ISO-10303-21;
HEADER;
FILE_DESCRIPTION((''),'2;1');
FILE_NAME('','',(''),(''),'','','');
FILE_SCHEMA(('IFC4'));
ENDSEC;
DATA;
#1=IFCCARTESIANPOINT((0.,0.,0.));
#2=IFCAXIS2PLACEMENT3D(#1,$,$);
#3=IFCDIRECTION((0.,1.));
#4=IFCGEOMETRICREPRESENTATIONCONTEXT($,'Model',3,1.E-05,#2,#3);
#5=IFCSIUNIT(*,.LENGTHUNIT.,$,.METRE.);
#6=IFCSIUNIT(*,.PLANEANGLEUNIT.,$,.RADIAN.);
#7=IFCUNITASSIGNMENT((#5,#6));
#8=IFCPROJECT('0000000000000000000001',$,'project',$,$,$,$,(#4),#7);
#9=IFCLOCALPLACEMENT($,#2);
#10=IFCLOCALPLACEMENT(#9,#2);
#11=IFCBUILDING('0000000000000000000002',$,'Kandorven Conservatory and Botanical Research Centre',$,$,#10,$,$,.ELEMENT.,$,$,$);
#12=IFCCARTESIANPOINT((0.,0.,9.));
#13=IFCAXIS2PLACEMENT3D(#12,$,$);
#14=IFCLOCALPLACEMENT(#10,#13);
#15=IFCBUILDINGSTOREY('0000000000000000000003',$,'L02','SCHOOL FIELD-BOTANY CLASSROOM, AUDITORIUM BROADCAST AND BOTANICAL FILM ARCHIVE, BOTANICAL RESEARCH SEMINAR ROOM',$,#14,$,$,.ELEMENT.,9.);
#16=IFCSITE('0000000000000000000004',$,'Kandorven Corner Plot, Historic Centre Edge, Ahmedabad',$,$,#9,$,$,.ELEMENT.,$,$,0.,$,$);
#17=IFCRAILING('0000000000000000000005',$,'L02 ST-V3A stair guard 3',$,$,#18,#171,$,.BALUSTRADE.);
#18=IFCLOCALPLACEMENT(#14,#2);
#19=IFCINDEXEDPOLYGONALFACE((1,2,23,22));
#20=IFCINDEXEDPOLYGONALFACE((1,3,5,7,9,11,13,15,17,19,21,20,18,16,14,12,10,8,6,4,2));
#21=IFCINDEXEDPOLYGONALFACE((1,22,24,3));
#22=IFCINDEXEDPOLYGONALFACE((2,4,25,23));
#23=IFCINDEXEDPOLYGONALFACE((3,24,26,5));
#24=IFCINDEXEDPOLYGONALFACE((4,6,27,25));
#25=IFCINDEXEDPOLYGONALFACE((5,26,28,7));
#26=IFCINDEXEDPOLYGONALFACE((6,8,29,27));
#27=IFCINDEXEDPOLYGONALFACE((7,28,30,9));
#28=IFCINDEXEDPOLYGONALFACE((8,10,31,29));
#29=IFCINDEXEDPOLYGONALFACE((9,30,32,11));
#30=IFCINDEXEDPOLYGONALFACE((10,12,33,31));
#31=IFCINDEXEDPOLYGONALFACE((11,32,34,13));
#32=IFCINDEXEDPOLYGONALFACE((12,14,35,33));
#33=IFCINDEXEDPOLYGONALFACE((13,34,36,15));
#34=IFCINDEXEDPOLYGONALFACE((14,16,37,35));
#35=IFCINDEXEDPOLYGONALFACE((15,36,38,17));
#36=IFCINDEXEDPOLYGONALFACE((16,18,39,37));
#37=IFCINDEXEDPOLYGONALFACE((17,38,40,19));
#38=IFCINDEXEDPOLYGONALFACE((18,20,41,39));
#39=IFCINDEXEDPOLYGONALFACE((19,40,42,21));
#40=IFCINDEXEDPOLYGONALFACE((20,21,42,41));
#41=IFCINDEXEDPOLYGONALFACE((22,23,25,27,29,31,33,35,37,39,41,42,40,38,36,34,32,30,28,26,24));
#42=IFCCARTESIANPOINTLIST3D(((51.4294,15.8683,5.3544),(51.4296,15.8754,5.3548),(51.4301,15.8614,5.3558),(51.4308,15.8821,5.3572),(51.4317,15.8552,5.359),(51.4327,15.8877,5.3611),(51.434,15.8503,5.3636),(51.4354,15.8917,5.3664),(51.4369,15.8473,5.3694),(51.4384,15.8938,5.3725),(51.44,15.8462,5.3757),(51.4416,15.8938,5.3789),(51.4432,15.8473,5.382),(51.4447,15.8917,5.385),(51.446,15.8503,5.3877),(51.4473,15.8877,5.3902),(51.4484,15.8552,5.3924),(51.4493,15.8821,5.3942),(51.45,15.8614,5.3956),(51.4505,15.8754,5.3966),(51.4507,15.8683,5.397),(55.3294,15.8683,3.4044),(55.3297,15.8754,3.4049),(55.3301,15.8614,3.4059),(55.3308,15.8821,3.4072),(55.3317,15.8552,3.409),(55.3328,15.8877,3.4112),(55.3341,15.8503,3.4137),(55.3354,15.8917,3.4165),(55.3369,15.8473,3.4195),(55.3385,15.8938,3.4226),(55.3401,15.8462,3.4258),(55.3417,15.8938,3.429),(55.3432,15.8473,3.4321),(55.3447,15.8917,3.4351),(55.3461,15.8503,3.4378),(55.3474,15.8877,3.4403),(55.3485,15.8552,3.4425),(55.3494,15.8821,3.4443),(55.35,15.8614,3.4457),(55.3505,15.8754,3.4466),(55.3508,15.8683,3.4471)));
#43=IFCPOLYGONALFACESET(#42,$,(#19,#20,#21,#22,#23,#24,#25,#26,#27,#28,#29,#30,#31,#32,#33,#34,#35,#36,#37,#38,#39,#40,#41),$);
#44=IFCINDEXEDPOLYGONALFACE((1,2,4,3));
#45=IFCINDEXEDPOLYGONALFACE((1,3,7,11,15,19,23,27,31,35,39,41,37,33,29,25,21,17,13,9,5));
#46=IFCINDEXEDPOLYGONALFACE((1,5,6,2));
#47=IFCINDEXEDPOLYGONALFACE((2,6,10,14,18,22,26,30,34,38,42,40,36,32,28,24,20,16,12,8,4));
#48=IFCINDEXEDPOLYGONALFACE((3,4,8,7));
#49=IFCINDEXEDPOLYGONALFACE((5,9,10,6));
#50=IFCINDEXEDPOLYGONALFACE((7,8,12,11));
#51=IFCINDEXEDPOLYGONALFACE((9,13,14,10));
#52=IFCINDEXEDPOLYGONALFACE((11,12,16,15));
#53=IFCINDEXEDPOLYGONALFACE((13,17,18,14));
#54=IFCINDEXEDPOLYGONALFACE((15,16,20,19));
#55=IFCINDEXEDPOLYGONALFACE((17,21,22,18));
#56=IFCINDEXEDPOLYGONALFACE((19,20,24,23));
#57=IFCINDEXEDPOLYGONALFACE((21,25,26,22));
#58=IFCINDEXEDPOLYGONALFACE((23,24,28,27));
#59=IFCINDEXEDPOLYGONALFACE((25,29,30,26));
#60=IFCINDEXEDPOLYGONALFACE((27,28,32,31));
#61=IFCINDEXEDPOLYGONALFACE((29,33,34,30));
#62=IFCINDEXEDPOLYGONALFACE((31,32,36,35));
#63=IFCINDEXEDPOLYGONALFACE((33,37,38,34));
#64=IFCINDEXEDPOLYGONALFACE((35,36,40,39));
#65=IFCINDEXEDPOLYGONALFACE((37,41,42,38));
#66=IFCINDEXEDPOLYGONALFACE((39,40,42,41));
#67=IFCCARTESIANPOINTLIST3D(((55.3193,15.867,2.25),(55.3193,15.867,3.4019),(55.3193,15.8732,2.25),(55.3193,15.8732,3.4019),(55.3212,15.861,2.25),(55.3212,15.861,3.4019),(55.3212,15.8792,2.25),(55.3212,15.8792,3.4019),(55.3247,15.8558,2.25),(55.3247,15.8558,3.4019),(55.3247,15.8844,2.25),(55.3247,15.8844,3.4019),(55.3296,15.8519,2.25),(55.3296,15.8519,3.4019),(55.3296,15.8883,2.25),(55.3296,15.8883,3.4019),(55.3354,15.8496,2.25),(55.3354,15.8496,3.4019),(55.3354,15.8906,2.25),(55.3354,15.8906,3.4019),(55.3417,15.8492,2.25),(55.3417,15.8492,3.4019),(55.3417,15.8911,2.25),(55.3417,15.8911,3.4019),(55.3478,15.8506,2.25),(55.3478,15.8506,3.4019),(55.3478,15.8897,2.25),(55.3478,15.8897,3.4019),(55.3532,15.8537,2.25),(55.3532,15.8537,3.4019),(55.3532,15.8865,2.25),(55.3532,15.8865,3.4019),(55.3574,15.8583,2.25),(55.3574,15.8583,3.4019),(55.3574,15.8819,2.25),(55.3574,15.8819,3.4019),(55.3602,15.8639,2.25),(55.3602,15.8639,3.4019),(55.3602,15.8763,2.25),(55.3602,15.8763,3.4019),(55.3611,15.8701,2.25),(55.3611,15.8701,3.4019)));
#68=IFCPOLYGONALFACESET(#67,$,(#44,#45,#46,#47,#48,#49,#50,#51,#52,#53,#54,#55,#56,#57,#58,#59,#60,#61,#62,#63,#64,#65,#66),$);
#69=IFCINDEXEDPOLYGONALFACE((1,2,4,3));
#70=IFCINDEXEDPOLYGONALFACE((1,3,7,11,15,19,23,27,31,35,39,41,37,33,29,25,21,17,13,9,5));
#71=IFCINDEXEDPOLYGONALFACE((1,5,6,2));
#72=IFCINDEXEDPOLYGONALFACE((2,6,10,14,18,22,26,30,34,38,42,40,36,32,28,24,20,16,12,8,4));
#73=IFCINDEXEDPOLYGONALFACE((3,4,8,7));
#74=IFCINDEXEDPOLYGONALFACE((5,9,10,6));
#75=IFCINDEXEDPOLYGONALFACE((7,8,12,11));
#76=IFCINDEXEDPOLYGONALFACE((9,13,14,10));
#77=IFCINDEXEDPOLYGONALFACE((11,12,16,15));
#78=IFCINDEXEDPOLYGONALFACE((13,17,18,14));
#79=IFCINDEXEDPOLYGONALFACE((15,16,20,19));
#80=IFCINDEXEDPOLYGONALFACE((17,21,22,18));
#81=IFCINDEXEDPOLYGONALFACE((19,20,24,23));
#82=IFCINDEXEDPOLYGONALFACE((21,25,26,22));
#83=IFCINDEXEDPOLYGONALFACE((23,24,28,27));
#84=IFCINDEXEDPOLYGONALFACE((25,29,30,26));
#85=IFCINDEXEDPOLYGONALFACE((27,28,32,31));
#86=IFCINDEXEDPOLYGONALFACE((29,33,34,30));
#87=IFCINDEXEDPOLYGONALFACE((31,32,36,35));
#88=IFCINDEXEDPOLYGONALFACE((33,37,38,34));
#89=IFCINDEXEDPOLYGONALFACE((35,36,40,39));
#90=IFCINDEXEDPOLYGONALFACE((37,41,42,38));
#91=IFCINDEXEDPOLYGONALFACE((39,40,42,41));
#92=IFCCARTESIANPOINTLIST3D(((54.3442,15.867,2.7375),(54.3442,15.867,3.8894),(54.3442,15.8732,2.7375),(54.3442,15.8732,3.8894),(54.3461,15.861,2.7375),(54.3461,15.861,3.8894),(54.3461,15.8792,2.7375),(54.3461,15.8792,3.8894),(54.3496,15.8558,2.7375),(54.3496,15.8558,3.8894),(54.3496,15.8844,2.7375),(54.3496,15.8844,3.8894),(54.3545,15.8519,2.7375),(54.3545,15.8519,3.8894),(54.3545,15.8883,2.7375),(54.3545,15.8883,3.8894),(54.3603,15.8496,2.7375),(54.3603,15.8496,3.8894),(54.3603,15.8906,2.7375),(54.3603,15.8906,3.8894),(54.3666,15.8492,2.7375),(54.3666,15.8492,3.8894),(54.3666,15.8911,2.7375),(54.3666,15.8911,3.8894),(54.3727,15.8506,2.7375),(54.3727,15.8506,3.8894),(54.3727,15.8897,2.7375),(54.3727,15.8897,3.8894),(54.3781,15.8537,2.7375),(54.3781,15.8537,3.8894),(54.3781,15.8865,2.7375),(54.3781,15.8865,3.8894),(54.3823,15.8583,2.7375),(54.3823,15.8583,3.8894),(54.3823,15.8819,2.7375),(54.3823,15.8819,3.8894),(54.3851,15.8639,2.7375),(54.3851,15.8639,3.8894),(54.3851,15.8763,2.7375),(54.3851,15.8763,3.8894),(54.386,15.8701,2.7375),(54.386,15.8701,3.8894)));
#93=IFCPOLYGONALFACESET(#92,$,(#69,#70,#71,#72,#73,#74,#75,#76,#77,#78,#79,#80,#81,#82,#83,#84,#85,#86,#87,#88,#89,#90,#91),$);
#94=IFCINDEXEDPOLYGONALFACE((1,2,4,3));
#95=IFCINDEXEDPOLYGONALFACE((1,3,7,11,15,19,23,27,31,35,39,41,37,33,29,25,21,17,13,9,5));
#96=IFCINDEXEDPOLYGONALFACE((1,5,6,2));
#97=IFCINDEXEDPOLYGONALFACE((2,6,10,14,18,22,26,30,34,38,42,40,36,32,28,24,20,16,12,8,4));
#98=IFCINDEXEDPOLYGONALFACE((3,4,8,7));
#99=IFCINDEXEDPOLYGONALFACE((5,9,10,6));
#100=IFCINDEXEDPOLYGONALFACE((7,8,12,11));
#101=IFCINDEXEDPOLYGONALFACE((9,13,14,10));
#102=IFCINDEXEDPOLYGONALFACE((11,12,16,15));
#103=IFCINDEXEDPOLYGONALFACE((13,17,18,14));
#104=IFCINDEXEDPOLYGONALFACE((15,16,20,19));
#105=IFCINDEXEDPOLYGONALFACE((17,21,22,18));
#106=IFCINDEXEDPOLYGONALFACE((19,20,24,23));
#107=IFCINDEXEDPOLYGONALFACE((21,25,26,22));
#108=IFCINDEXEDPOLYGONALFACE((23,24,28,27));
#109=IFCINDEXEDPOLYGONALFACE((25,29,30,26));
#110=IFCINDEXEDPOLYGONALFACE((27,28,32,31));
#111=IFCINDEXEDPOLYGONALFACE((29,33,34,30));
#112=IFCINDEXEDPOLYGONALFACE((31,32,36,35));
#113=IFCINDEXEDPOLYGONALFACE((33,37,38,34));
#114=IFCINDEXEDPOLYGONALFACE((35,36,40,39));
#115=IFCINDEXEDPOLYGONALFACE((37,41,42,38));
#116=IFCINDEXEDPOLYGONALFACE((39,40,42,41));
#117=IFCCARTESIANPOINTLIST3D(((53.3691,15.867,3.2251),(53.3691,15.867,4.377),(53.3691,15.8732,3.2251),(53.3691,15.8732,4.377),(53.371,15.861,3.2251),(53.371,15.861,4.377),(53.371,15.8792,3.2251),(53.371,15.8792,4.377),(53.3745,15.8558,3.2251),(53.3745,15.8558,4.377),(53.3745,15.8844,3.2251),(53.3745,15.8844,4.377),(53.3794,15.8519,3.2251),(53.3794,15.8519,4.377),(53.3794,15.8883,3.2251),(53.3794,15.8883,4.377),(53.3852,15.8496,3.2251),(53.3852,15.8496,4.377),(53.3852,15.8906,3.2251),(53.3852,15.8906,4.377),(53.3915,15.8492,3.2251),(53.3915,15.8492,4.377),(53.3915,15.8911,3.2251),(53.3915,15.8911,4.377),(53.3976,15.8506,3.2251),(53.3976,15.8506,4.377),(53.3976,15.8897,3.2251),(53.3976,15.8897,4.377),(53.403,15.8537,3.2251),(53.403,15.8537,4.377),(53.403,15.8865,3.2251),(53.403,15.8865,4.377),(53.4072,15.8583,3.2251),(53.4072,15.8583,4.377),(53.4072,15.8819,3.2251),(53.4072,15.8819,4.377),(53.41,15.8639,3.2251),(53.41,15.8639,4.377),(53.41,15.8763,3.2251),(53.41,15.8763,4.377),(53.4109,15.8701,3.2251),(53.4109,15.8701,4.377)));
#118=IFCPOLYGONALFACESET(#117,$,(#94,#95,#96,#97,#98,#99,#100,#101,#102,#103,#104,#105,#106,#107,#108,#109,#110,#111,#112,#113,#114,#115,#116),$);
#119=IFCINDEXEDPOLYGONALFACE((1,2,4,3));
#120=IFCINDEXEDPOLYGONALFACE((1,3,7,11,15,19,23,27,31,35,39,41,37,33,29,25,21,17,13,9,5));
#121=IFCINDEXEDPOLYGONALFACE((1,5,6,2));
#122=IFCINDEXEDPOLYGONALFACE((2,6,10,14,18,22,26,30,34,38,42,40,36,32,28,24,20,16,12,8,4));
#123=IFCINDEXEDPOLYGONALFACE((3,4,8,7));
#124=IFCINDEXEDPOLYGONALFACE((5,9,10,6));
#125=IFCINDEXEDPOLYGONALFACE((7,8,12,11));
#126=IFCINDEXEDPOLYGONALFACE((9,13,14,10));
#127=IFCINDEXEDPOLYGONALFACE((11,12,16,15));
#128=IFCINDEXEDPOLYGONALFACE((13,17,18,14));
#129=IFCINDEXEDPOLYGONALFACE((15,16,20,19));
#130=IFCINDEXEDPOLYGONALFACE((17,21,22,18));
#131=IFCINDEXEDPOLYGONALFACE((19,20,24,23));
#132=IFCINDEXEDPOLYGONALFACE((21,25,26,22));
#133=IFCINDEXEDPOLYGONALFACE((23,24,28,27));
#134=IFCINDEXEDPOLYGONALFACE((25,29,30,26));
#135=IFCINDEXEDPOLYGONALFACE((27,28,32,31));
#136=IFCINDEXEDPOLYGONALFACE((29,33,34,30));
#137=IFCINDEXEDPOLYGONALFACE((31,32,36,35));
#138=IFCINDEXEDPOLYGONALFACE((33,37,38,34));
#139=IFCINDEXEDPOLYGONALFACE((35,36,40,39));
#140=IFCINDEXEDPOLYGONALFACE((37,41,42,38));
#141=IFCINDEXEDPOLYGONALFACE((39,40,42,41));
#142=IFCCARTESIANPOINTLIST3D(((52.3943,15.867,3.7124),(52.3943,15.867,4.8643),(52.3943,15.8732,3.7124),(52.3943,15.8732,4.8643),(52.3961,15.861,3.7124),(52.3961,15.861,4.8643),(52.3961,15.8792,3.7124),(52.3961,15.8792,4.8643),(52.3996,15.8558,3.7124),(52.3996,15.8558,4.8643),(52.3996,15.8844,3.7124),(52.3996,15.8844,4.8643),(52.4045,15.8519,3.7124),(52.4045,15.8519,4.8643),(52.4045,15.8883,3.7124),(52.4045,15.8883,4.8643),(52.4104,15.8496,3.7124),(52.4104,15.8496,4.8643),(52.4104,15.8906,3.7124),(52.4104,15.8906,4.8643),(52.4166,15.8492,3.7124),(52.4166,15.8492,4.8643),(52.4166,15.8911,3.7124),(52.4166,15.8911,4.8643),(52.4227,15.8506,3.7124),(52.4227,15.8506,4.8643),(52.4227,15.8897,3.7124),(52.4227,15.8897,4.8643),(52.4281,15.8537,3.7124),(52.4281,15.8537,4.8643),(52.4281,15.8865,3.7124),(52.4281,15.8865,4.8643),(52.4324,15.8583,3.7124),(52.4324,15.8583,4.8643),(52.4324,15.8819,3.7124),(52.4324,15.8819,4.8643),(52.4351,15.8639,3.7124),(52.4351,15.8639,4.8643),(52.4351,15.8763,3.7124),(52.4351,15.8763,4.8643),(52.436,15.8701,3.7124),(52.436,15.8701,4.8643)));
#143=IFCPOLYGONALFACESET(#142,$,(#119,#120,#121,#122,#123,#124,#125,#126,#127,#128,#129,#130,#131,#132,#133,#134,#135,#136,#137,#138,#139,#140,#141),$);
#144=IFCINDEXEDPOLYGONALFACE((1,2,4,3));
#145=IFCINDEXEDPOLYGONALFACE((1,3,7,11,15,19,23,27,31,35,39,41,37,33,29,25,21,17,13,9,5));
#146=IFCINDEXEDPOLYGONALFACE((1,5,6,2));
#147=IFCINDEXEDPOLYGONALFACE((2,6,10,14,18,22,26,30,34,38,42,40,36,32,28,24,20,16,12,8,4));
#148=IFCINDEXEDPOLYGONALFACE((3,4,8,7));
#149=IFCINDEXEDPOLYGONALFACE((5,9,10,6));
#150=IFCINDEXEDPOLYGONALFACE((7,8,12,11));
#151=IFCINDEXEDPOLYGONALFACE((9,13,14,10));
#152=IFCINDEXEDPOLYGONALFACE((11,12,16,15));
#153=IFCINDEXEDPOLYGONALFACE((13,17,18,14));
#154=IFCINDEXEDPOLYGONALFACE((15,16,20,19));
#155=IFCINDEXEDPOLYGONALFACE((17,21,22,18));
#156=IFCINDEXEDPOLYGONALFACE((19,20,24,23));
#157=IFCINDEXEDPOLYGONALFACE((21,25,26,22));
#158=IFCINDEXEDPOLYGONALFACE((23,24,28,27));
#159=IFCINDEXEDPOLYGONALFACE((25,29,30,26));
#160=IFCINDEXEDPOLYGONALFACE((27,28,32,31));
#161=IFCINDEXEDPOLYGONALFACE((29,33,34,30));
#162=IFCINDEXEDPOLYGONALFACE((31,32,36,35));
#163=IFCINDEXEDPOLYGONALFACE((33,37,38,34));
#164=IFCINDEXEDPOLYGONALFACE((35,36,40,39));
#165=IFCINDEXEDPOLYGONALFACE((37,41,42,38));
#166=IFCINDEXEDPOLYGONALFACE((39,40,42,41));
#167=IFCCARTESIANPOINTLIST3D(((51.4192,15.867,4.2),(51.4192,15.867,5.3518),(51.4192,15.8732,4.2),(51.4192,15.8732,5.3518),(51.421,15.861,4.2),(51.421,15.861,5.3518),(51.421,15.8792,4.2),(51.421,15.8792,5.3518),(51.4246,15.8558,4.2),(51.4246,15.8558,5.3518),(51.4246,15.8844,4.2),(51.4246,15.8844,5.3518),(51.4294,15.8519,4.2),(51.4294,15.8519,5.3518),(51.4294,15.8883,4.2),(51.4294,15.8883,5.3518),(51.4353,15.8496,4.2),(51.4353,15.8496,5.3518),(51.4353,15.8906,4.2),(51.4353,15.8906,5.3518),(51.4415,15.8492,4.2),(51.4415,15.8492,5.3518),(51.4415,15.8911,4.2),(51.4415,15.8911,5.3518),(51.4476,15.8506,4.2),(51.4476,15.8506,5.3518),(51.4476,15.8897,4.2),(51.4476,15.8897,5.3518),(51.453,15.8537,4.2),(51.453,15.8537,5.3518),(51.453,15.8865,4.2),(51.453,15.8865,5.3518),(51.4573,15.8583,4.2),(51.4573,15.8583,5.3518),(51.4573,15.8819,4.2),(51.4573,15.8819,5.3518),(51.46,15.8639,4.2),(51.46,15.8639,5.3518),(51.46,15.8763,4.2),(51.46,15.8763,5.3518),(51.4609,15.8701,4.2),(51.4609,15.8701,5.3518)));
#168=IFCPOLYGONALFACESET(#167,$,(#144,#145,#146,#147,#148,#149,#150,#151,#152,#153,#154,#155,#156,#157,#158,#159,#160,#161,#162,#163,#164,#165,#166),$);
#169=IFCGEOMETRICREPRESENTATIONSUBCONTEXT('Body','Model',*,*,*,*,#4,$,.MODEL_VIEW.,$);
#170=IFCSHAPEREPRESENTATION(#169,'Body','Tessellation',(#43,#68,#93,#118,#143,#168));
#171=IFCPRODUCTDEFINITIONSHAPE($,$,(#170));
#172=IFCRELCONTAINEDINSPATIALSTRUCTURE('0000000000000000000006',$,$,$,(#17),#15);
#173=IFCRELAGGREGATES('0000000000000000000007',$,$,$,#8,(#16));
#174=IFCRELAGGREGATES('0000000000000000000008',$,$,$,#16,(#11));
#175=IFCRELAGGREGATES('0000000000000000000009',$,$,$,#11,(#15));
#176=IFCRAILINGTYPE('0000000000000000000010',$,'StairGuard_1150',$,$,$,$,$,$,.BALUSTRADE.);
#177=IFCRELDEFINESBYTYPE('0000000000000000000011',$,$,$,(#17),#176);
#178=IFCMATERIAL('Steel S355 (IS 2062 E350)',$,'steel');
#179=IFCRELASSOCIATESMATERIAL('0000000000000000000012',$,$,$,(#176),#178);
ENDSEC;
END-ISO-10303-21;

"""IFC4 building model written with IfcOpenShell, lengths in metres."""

from ifc_helpers import new_model, si_unit, direction, frame, origin, origin_2d, place, context, subcontext, project, spatial, circle, extrude, material, type_object, element, save


model = new_model("IFC4")

# Units and contexts
model_context = context("Model", 3, precision=1e-05, world=origin(), true_north=direction((0.0, 1.0)))
body_context = subcontext(model_context, "Body", "Model", "MODEL_VIEW")
ifc_project = project(units=[si_unit("LENGTHUNIT", "METRE"), si_unit("PLANEANGLEUNIT", "RADIAN")], contexts=[model_context])

# Site, building, storey
site_placement = place(None, origin())
site = spatial("IfcSite", under=ifc_project, at=site_placement, Name="Kandorven Corner Plot, Historic Centre Edge, Ahmedabad", CompositionType="ELEMENT", RefElevation=0.0)
building_placement = place(site_placement, origin())
building = spatial("IfcBuilding", under=site, at=building_placement, Name="Kandorven Conservatory and Botanical Research Centre", CompositionType="ELEMENT")
storey_placement = place(building_placement, frame((0.0, 0.0, 9.0)))
storey = spatial("IfcBuildingStorey", under=building, at=storey_placement, Name="L02", Description="SCHOOL FIELD-BOTANY CLASSROOM, AUDITORIUM BROADCAST AND BOTANICAL FILM ARCHIVE, BOTANICAL RESEARCH SEMINAR ROOM", CompositionType="ELEMENT", Elevation=9.0)

# Railing
ifc_material_1 = material(Name="Steel S355 (IS 2062 E350)", Category="steel")
railing_type_1 = type_object("IfcRailingType", Name="StairGuard_1150", PredefinedType="BALUSTRADE", material=ifc_material_1)
railing_1_placement = place(storey_placement, frame((55.3401, 15.8701, 2.25)))
element("IfcRailing", 1, at=railing_1_placement, inside=storey, type_object=railing_type_1, Name="L02 ST-V3A stair guard 3", PredefinedType="BALUSTRADE", context=body_context, shape_type="SweptSolid", body=[
    extrude(circle(Radius=0.0239, at=origin_2d()), frame((0.0, 0.0, 1.1758), z_axis=(-0.894438, 0.0, 0.447191), x_axis=(0.0, -1.0, 0.0)), (0.0, 0.0, 1.0), 4.3604),
    extrude(circle(Radius=0.021, at=origin_2d()), origin(), (0.0, 0.0, 1.0), 1.1519),
    extrude(circle(Radius=0.021, at=origin_2d()), frame((-0.9751, 0.0, 0.4875)), (0.0, 0.0, 1.0), 1.1519),
    extrude(circle(Radius=0.021, at=origin_2d()), frame((-1.9502, 0.0, 0.9751)), (0.0, 0.0, 1.0), 1.1519),
    extrude(circle(Radius=0.021, at=origin_2d()), frame((-2.925, 0.0, 1.4624)), (0.0, 0.0, 1.0), 1.1519),
    extrude(circle(Radius=0.021, at=origin_2d()), frame((-3.9001, 0.0, 1.95)), (0.0, 0.0, 1.0), 1.1519),
])

save(model, "model.ifc")
